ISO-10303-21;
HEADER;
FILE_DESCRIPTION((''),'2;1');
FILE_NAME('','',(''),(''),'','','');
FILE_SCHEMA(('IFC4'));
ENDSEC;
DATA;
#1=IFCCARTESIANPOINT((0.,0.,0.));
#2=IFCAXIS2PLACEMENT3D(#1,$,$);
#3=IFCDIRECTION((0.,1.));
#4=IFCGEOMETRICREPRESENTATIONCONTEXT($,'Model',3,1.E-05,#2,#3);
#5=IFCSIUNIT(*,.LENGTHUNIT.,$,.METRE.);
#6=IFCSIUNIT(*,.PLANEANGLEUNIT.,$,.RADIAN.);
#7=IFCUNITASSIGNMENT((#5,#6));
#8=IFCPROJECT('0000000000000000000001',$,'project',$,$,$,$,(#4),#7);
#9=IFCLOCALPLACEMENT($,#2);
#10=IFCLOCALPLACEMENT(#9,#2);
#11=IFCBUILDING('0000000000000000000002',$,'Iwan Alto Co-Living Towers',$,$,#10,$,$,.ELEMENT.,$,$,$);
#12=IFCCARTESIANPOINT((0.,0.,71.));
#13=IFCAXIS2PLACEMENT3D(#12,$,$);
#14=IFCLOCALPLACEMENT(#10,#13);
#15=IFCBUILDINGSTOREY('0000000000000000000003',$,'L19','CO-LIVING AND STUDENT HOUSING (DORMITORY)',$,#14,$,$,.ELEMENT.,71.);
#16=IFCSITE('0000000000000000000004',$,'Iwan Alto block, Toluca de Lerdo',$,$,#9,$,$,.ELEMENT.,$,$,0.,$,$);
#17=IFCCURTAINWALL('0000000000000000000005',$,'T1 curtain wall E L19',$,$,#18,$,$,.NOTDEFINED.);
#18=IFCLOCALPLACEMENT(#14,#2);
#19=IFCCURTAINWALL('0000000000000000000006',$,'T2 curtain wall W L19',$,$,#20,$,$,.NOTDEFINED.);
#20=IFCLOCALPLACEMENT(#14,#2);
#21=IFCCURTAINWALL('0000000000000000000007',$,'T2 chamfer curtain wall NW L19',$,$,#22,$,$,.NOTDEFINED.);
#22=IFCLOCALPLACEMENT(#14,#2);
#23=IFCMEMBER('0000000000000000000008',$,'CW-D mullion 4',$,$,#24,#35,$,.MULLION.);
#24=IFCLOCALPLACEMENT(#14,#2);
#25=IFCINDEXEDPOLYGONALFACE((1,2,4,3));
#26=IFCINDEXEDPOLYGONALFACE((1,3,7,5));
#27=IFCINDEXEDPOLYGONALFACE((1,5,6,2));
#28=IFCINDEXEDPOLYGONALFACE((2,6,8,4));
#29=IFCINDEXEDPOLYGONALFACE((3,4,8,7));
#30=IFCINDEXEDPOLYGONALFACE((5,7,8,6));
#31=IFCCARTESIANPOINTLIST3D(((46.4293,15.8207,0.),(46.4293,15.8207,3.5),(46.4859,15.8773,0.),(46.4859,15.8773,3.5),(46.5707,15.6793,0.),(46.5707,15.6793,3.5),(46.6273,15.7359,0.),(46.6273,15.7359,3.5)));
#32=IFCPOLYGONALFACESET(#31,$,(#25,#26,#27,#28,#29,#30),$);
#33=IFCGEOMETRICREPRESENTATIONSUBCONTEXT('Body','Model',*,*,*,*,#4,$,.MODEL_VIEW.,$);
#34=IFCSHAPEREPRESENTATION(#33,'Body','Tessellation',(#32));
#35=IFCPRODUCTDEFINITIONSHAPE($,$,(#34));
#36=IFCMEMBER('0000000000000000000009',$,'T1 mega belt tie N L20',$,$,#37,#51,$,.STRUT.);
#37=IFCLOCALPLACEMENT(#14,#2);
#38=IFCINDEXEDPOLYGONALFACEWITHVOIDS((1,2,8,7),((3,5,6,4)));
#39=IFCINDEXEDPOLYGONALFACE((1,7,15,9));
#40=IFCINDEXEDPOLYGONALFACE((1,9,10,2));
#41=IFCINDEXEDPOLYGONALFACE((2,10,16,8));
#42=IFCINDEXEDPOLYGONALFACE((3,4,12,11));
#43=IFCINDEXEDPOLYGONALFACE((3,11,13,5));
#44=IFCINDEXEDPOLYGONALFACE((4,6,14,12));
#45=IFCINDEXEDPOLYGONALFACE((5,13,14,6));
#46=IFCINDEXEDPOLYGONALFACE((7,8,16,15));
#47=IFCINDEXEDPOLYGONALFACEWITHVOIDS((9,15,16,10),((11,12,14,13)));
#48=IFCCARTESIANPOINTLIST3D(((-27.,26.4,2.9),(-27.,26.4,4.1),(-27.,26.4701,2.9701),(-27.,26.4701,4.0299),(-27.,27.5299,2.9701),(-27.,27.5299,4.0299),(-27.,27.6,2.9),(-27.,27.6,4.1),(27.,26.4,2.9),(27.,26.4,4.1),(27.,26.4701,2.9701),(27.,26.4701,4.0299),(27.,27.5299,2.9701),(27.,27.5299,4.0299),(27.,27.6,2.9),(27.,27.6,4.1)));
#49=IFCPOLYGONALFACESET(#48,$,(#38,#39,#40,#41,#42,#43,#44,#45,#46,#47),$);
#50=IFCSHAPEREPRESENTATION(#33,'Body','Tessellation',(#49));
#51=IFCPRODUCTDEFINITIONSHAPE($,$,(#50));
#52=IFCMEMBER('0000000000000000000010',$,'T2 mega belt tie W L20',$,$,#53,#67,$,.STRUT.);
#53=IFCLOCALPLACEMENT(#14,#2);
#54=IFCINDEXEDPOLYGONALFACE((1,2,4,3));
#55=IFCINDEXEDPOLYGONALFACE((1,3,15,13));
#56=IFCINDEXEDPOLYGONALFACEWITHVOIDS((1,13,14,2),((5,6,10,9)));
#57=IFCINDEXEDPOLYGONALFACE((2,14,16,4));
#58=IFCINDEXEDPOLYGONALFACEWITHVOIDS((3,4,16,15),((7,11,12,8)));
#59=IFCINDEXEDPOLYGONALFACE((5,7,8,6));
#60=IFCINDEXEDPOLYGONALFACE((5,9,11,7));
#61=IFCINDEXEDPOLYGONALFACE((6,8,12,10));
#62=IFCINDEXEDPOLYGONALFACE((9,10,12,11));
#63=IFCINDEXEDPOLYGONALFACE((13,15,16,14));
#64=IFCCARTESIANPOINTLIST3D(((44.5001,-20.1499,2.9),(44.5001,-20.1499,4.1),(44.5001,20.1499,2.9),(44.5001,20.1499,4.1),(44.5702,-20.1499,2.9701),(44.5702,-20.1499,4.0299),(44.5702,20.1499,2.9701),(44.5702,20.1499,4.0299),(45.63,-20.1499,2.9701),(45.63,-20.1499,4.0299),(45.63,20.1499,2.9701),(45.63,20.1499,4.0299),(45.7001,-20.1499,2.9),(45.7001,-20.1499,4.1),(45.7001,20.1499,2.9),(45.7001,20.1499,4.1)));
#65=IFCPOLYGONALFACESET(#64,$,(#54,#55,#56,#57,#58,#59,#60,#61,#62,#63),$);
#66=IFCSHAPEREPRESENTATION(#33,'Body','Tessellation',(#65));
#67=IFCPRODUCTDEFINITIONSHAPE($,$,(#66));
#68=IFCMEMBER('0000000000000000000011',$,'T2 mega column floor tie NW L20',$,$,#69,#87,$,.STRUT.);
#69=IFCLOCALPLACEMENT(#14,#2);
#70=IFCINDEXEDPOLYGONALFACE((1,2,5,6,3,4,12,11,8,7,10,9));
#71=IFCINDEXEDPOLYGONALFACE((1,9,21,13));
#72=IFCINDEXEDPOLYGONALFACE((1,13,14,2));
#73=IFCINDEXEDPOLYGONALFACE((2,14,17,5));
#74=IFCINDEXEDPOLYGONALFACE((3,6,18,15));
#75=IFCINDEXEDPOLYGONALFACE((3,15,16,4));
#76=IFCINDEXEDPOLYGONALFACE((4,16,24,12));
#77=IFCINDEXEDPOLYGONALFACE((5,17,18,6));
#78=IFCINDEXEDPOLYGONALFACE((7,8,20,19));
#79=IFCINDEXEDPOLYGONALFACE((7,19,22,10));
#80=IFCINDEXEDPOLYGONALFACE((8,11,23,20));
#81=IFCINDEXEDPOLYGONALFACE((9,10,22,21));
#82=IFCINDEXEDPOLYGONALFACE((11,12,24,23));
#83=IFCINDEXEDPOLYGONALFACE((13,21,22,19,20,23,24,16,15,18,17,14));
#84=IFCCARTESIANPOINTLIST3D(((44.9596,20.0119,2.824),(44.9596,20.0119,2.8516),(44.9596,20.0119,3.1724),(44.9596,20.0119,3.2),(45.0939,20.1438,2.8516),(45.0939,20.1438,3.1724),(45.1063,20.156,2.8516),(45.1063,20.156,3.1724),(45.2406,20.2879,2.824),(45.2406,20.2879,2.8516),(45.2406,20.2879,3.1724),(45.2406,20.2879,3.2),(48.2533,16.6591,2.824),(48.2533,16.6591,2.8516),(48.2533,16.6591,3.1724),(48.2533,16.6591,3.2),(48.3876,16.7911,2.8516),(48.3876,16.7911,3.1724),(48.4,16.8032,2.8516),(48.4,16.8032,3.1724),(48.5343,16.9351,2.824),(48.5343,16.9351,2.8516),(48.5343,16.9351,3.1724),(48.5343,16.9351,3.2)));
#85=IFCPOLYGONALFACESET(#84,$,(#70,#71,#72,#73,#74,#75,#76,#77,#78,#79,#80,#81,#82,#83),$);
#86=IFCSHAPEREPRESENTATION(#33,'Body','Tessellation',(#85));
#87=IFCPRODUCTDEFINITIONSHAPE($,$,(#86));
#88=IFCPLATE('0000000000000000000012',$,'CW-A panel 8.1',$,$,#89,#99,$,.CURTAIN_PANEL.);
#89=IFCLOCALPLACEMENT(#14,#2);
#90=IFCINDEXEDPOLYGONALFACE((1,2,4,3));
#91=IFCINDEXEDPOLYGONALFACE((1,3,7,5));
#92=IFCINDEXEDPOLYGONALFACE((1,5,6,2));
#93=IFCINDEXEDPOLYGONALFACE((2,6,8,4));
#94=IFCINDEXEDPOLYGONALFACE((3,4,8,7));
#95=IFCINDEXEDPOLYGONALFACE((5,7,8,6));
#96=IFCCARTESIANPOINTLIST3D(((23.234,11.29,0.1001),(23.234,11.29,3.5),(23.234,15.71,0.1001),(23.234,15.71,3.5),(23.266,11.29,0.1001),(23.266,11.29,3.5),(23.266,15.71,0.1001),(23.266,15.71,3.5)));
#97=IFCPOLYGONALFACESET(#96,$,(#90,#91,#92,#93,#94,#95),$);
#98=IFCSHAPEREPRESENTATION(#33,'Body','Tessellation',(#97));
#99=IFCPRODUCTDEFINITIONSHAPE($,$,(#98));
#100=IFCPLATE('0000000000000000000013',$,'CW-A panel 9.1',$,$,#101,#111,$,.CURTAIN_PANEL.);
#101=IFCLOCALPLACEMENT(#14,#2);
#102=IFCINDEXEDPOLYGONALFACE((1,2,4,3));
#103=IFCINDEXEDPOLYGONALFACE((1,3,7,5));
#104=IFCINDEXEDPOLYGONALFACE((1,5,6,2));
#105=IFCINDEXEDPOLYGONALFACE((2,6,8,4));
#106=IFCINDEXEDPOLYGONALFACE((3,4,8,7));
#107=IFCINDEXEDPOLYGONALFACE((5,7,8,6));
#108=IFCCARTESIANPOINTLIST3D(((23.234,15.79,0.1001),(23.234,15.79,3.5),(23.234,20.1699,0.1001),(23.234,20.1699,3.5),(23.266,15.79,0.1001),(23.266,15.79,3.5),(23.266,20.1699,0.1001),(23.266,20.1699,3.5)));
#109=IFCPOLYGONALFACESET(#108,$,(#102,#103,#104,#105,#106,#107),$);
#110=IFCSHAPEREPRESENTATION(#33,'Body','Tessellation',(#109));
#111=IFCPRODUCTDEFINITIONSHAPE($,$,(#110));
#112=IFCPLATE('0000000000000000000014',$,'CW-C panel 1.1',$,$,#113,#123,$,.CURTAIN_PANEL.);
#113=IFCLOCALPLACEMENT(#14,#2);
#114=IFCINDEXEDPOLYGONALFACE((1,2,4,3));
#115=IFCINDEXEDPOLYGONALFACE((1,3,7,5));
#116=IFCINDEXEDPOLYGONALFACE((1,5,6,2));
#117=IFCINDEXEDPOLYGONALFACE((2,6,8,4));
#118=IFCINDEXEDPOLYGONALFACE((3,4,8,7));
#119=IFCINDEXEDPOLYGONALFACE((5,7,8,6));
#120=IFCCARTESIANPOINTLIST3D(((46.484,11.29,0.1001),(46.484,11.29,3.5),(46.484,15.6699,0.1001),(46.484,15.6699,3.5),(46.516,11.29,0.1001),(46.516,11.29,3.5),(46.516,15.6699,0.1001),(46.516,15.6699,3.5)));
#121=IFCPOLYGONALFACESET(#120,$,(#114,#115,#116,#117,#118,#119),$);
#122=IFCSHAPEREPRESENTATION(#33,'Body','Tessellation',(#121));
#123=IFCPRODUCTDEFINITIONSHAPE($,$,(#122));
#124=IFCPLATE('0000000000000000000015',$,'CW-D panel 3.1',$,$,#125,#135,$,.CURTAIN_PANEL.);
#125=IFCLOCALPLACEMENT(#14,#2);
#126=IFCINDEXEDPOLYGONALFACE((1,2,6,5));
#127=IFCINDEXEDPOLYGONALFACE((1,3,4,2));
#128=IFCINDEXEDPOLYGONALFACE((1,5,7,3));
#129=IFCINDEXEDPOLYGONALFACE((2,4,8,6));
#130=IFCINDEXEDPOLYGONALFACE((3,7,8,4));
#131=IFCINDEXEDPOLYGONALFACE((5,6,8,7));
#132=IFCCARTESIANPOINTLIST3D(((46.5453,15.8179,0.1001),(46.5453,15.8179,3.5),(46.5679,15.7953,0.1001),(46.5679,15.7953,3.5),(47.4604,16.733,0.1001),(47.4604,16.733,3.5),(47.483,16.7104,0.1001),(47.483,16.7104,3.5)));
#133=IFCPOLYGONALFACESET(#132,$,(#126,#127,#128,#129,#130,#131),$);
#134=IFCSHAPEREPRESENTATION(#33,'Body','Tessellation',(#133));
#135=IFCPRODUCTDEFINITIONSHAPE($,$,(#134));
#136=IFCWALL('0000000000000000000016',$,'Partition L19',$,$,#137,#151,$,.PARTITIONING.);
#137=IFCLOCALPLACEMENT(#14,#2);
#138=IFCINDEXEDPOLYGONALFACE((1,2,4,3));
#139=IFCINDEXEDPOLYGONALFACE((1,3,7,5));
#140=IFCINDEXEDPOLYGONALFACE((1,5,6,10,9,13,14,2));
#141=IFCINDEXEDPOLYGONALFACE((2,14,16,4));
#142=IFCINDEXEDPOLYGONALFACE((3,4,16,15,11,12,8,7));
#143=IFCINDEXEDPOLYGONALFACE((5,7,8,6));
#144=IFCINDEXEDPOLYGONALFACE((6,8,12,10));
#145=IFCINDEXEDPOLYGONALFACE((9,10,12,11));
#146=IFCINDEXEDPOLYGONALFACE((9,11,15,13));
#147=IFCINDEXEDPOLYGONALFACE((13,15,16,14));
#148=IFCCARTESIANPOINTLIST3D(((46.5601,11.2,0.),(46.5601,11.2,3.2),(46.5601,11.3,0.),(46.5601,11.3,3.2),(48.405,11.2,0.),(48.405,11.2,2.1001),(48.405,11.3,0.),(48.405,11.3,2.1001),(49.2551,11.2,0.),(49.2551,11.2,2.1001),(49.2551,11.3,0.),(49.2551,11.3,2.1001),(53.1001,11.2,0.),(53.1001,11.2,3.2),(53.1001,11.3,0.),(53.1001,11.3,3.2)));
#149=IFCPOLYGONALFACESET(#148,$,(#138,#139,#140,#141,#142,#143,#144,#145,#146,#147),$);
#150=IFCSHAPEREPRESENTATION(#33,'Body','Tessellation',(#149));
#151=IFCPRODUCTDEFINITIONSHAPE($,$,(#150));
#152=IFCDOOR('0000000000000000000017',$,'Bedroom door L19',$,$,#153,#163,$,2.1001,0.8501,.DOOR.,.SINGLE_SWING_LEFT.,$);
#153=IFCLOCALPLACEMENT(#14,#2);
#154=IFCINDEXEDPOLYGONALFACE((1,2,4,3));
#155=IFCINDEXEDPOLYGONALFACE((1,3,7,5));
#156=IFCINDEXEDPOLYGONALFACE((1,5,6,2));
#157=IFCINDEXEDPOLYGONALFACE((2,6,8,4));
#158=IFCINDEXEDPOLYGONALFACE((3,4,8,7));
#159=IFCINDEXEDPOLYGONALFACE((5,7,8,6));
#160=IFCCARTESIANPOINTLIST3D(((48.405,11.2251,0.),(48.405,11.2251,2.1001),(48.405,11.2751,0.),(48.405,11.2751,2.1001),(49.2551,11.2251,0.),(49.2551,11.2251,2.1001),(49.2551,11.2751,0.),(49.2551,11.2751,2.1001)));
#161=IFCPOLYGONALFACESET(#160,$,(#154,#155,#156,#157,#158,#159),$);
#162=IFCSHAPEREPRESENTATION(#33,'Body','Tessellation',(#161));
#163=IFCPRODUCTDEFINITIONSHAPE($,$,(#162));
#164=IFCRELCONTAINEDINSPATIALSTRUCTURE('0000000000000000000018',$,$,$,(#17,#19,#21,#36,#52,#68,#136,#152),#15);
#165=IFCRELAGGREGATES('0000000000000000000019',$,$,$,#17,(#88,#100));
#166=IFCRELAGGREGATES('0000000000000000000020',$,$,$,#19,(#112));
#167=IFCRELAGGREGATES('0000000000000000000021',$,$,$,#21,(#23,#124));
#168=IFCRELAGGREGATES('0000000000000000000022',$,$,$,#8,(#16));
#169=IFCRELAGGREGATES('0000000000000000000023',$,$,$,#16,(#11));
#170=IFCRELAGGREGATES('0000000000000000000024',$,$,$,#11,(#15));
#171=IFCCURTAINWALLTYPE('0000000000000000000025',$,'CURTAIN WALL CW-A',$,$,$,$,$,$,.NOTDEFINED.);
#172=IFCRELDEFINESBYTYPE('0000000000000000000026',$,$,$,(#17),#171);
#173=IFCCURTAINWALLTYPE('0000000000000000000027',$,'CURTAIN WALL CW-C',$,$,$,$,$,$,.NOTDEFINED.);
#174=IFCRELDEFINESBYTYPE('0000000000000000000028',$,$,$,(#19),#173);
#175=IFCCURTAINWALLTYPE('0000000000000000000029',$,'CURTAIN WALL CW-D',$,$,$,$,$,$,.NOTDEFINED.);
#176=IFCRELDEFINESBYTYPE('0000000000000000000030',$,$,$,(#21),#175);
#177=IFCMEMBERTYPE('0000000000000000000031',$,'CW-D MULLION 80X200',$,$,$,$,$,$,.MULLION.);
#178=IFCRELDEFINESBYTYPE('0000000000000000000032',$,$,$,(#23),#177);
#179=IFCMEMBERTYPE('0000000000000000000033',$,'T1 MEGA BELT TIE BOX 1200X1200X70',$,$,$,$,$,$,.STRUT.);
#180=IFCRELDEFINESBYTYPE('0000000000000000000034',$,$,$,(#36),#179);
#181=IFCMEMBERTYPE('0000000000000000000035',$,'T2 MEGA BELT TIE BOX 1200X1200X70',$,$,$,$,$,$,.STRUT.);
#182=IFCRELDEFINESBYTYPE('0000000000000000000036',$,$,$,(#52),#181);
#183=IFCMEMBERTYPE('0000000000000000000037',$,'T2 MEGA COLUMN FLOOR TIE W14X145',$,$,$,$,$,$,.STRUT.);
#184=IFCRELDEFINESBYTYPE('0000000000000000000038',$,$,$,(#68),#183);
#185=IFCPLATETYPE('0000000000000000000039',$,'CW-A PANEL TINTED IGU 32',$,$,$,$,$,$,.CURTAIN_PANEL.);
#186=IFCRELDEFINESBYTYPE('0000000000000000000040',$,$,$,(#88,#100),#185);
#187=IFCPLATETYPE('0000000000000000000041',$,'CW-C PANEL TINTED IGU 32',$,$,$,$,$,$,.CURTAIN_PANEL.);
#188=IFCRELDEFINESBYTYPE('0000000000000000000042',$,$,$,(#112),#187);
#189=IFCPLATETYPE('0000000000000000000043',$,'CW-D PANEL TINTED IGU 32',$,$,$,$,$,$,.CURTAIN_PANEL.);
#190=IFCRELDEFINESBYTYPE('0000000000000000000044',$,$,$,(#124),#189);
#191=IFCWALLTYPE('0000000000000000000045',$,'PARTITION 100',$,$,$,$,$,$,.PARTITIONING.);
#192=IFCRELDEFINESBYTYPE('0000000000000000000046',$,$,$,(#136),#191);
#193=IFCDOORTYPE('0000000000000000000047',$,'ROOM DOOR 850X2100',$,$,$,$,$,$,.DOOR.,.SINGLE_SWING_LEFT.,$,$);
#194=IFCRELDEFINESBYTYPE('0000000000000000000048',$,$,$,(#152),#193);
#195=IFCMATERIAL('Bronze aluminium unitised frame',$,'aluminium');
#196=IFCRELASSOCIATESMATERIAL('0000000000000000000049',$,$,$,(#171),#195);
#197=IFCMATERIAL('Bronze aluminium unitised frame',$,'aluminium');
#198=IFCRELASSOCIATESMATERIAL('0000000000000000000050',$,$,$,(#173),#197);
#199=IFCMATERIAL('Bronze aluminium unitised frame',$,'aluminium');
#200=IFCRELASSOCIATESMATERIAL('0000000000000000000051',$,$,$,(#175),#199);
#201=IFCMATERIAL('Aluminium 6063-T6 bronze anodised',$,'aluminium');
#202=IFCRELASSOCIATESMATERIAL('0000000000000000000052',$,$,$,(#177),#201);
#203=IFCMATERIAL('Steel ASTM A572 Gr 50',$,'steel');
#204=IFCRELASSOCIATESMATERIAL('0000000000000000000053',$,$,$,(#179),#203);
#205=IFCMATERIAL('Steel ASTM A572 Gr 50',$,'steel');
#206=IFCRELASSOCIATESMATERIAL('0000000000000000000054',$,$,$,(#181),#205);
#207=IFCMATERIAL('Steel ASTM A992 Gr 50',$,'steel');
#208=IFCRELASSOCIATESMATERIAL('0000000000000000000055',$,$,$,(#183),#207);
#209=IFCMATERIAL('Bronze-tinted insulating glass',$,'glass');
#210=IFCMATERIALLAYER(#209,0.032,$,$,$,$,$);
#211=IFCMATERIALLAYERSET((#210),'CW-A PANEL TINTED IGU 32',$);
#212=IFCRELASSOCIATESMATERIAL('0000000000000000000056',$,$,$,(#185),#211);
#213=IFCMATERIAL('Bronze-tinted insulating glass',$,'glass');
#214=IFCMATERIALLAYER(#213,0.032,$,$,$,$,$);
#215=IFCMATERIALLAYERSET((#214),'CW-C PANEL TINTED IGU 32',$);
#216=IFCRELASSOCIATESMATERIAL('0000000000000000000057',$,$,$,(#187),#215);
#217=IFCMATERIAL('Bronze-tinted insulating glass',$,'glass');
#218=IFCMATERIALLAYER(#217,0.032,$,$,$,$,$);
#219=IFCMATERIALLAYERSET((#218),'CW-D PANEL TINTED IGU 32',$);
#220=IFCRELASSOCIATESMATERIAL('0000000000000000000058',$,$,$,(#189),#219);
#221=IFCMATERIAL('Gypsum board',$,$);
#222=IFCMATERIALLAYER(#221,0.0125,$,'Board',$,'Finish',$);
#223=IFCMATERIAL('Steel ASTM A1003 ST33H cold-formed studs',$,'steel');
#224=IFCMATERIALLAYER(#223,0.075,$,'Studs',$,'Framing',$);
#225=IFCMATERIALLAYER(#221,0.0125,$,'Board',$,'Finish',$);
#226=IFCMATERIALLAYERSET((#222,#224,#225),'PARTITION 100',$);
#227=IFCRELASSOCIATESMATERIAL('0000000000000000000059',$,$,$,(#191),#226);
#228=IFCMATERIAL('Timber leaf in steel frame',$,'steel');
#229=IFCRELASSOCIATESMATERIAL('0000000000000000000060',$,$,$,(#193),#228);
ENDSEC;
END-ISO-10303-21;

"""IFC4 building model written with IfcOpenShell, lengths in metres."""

from ifc_helpers import new_model, si_unit, direction, frame, frame_2d, origin, origin_2d, place, context, subcontext, project, spatial, rectangle, hollow_rectangle, i_section, extrude, material, layer, layer_set, material_profile, profile_set, type_object, element, fill, aggregate, save


model = new_model("IFC4")

# Units and contexts
model_context = context("Model", 3, precision=1e-05, world=origin(), true_north=direction((0.0, 1.0)))
body_context = subcontext(model_context, "Body", "Model", "MODEL_VIEW")
ifc_project = project(units=[si_unit("LENGTHUNIT", "METRE"), si_unit("PLANEANGLEUNIT", "RADIAN")], contexts=[model_context])

# Site, building, storey
site_placement = place(None, origin())
site = spatial("IfcSite", under=ifc_project, at=site_placement, Name="Iwan Alto block, Toluca de Lerdo", CompositionType="ELEMENT", RefElevation=0.0)
building_placement = place(site_placement, origin())
building = spatial("IfcBuilding", under=site, at=building_placement, Name="Iwan Alto Co-Living Towers", CompositionType="ELEMENT")
storey_placement = place(building_placement, frame((0.0, 0.0, 71.0)))
storey = spatial("IfcBuildingStorey", under=building, at=storey_placement, Name="L19", Description="CO-LIVING AND STUDENT HOUSING (DORMITORY)", CompositionType="ELEMENT", Elevation=71.0)

# Curtain wall
ifc_material_1 = material(Name="Bronze aluminium unitised frame", Category="aluminium")
curtain_wall_type_1 = type_object("IfcCurtainWallType", Name="CURTAIN WALL CW-A", PredefinedType="NOTDEFINED", material=ifc_material_1)
curtain_wall_1_placement = place(storey_placement, origin())
curtain_wall_1 = element("IfcCurtainWall", 1, at=curtain_wall_1_placement, inside=storey, type_object=curtain_wall_type_1, Name="T1 curtain wall E L19", PredefinedType="NOTDEFINED")

# Curtain wall
ifc_material_2 = material(Name="Bronze aluminium unitised frame", Category="aluminium")
curtain_wall_type_2 = type_object("IfcCurtainWallType", Name="CURTAIN WALL CW-C", PredefinedType="NOTDEFINED", material=ifc_material_2)
curtain_wall_2_placement = place(storey_placement, origin())
curtain_wall_2 = element("IfcCurtainWall", 2, at=curtain_wall_2_placement, inside=storey, type_object=curtain_wall_type_2, Name="T2 curtain wall W L19", PredefinedType="NOTDEFINED")

# Curtain wall, member
ifc_material_3 = material(Name="Bronze aluminium unitised frame", Category="aluminium")
curtain_wall_type_3 = type_object("IfcCurtainWallType", Name="CURTAIN WALL CW-D", PredefinedType="NOTDEFINED", material=ifc_material_3)
curtain_wall_3_placement = place(storey_placement, origin())
curtain_wall_3 = element("IfcCurtainWall", 3, at=curtain_wall_3_placement, inside=storey, type_object=curtain_wall_type_3, Name="T2 chamfer curtain wall NW L19", PredefinedType="NOTDEFINED")
ifc_material_4 = material(Name="Aluminium 6063-T6 bronze anodised", Category="aluminium")
ifc_material_profile_1 = material_profile(ifc_material_4, rectangle(XDim=0.2, YDim=0.0801, at=origin_2d()), Name="AL 80X200")
ifc_profile_set_1 = profile_set([ifc_material_profile_1], Name="Aluminium 6063-T6 bronze anodised")
member_type_1 = type_object("IfcMemberType", Name="CW-D MULLION 80X200", PredefinedType="MULLION", material=ifc_profile_set_1)
member_1_placement = place(storey_placement, frame((46.5283, 15.7783, 0.0), z_axis=(0.0, 0.0, 1.0), x_axis=(0.707107, -0.707107, 0.0)))
member_1 = element("IfcMember", 4, at=member_1_placement, type_object=member_type_1, Name="CW-D mullion 4", PredefinedType="MULLION", context=body_context, shape_type="SweptSolid", body=[
    extrude(rectangle(XDim=0.2, YDim=0.0801, at=origin_2d()), origin(), (0.0, 0.0, 1.0), 3.5),
])

# Members
ifc_material_5 = material(Name="Steel ASTM A572 Gr 50", Category="steel")
ifc_material_profile_2 = material_profile(ifc_material_5, hollow_rectangle(XDim=1.2, YDim=1.2, WallThickness=0.0701, at=origin_2d()), Name="BOX 1200X1200X70")
ifc_profile_set_2 = profile_set([ifc_material_profile_2], Name="Steel ASTM A572 Gr 50")
member_type_2 = type_object("IfcMemberType", Name="T1 MEGA BELT TIE BOX 1200X1200X70", PredefinedType="STRUT", material=ifc_profile_set_2)
member_2_placement = place(storey_placement, frame((27.0, 27.0, 3.5), z_axis=(-1.0, 0.0, 0.0), x_axis=(0.0, -1.0, 0.0)))
element("IfcMember", 5, at=member_2_placement, inside=storey, type_object=member_type_2, Name="T1 mega belt tie N L20", PredefinedType="STRUT", context=body_context, shape_type="SweptSolid", body=[
    extrude(hollow_rectangle(XDim=1.2, YDim=1.2, WallThickness=0.0701, at=origin_2d()), origin(), (0.0, 0.0, 1.0), 54.0),
])
ifc_material_6 = material(Name="Steel ASTM A572 Gr 50", Category="steel")
ifc_material_profile_3 = material_profile(ifc_material_6, hollow_rectangle(XDim=1.2, YDim=1.2, WallThickness=0.0701, at=origin_2d()), Name="BOX 1200X1200X70")
ifc_profile_set_3 = profile_set([ifc_material_profile_3], Name="Steel ASTM A572 Gr 50")
member_type_3 = type_object("IfcMemberType", Name="T2 MEGA BELT TIE BOX 1200X1200X70", PredefinedType="STRUT", material=ifc_profile_set_3)
member_3_placement = place(storey_placement, frame((45.1001, 20.1499, 3.5), z_axis=(0.0, -1.0, 0.0), x_axis=(1.0, 0.0, 0.0)))
element("IfcMember", 6, at=member_3_placement, inside=storey, type_object=member_type_3, Name="T2 mega belt tie W L20", PredefinedType="STRUT", context=body_context, shape_type="SweptSolid", body=[
    extrude(hollow_rectangle(XDim=1.2, YDim=1.2, WallThickness=0.0701, at=origin_2d()), origin(), (0.0, 0.0, 1.0), 40.2998),
])
ifc_material_7 = material(Name="Steel ASTM A992 Gr 50", Category="steel")
ifc_material_profile_4 = material_profile(ifc_material_7, i_section(OverallWidth=0.3938, OverallDepth=0.376, WebThickness=0.0173, FlangeThickness=0.0276, at=origin_2d()), Name="W14X145")
ifc_profile_set_4 = profile_set([ifc_material_profile_4], Name="Steel ASTM A992 Gr 50")
member_type_4 = type_object("IfcMemberType", Name="T2 MEGA COLUMN FLOOR TIE W14X145", PredefinedType="STRUT", material=ifc_profile_set_4)
member_4_placement = place(storey_placement, frame((45.1001, 20.1499, 3.012), z_axis=(0.700793, -0.713364, 0.0), x_axis=(0.713364, 0.700793, 0.0)))
element("IfcMember", 7, at=member_4_placement, inside=storey, type_object=member_type_4, Name="T2 mega column floor tie NW L20", PredefinedType="STRUT", context=body_context, shape_type="SweptSolid", body=[
    extrude(i_section(OverallWidth=0.3938, OverallDepth=0.376, WebThickness=0.0173, FlangeThickness=0.0276, at=origin_2d()), origin(), (0.0, 0.0, 1.0), 4.7),
])

# Plates
ifc_material_8 = material(Name="Bronze-tinted insulating glass", Category="glass")
ifc_layer_1 = layer(ifc_material_8, 0.032)
ifc_layer_set_1 = layer_set([ifc_layer_1], Name="CW-A PANEL TINTED IGU 32")
plate_type_1 = type_object("IfcPlateType", Name="CW-A PANEL TINTED IGU 32", PredefinedType="CURTAIN_PANEL", material=ifc_layer_set_1)
plate_1_placement = place(storey_placement, frame((23.25, 13.5, 0.1001), z_axis=(0.0, 0.0, 1.0), x_axis=(0.0, 1.0, 0.0)))
plate_1 = element("IfcPlate", 8, at=plate_1_placement, type_object=plate_type_1, Name="CW-A panel 8.1", PredefinedType="CURTAIN_PANEL", context=body_context, shape_type="SweptSolid", body=[
    extrude(rectangle(XDim=4.4199, YDim=0.032, at=origin_2d()), origin(), (0.0, 0.0, 1.0), 3.3999),
])
plate_2_placement = place(storey_placement, frame((23.25, 17.98, 0.1001), z_axis=(0.0, 0.0, 1.0), x_axis=(0.0, 1.0, 0.0)))
plate_2 = element("IfcPlate", 9, at=plate_2_placement, type_object=plate_type_1, Name="CW-A panel 9.1", PredefinedType="CURTAIN_PANEL", context=body_context, shape_type="SweptSolid", body=[
    extrude(rectangle(XDim=4.3799, YDim=0.032, at=origin_2d()), origin(), (0.0, 0.0, 1.0), 3.3999),
])
aggregate(curtain_wall_1, [plate_1, plate_2])
ifc_material_9 = material(Name="Bronze-tinted insulating glass", Category="glass")
ifc_layer_2 = layer(ifc_material_9, 0.032)
ifc_layer_set_2 = layer_set([ifc_layer_2], Name="CW-C PANEL TINTED IGU 32")
plate_type_2 = type_object("IfcPlateType", Name="CW-C PANEL TINTED IGU 32", PredefinedType="CURTAIN_PANEL", material=ifc_layer_set_2)
plate_3_placement = place(storey_placement, frame((46.5, 13.48, 0.1001), z_axis=(0.0, 0.0, 1.0), x_axis=(0.0, -1.0, 0.0)))
plate_3 = element("IfcPlate", 10, at=plate_3_placement, type_object=plate_type_2, Name="CW-C panel 1.1", PredefinedType="CURTAIN_PANEL", context=body_context, shape_type="SweptSolid", body=[
    extrude(rectangle(XDim=4.3799, YDim=0.032, at=origin_2d()), origin(), (0.0, 0.0, 1.0), 3.3999),
])
aggregate(curtain_wall_2, [plate_3])
ifc_material_10 = material(Name="Bronze-tinted insulating glass", Category="glass")
ifc_layer_3 = layer(ifc_material_10, 0.032)
ifc_layer_set_3 = layer_set([ifc_layer_3], Name="CW-D PANEL TINTED IGU 32")
plate_type_3 = type_object("IfcPlateType", Name="CW-D PANEL TINTED IGU 32", PredefinedType="CURTAIN_PANEL", material=ifc_layer_set_3)
plate_4_placement = place(storey_placement, frame((47.0142, 16.2642, 0.1001), z_axis=(0.0, 0.0, 1.0), x_axis=(-0.707107, -0.707107, 0.0)))
plate_4 = element("IfcPlate", 11, at=plate_4_placement, type_object=plate_type_3, Name="CW-D panel 3.1", PredefinedType="CURTAIN_PANEL", context=body_context, shape_type="SweptSolid", body=[
    extrude(rectangle(XDim=1.2942, YDim=0.032, at=origin_2d()), origin(), (0.0, 0.0, 1.0), 3.3999),
])
aggregate(curtain_wall_3, [member_1, plate_4])

# Wall, opening, door
ifc_material_11 = material(Name="Gypsum board")
ifc_layer_4 = layer(ifc_material_11, 0.0125, Name="Board", Category="Finish")
ifc_material_12 = material(Name="Steel ASTM A1003 ST33H cold-formed studs", Category="steel")
ifc_layer_5 = layer(ifc_material_12, 0.075, Name="Studs", Category="Framing")
ifc_layer_6 = layer(ifc_material_11, 0.0125, Name="Board", Category="Finish")
ifc_layer_set_4 = layer_set([ifc_layer_4, ifc_layer_5, ifc_layer_6], Name="PARTITION 100")
wall_type = type_object("IfcWallType", Name="PARTITION 100", PredefinedType="PARTITIONING", material=ifc_layer_set_4)
wall_placement = place(storey_placement, frame((46.5601, 11.25, 0.0), z_axis=(0.0, 0.0, 1.0), x_axis=(1.0, 0.0, 0.0)))
wall = element("IfcWall", 12, at=wall_placement, inside=storey, type_object=wall_type, Name="Partition L19", PredefinedType="PARTITIONING", context=body_context, shape_type="SweptSolid", body=[
    extrude(rectangle(XDim=6.54, YDim=0.1001, at=frame_2d((3.27, 0.0))), origin(), (0.0, 0.0, 1.0), 3.2),
])
opening_placement = place(wall_placement, frame((1.845, 0.0, 0.0)))
opening = element("IfcOpeningElement", 13, at=opening_placement, cuts=wall, PredefinedType="OPENING", context=body_context, shape_type="SweptSolid", body=[
    extrude(rectangle(XDim=0.8501, YDim=2.1001, at=frame_2d((0.425, 1.05))), frame((0.0, 0.0601, 0.0), z_axis=(0.0, -1.0, 0.0), x_axis=(1.0, 0.0, 0.0)), (0.0, 0.0, 1.0), 0.1201),
])
ifc_material_13 = material(Name="Timber leaf in steel frame", Category="steel")
door_type = type_object("IfcDoorType", Name="ROOM DOOR 850X2100", OperationType="SINGLE_SWING_LEFT", PredefinedType="DOOR", material=ifc_material_13)
door_placement = place(opening_placement, frame((0.8501, 0.0, 0.0), z_axis=(0.0, 0.0, 1.0), x_axis=(-1.0, 0.0, 0.0)))
door = element("IfcDoor", 14, at=door_placement, inside=storey, type_object=door_type, Name="Bedroom door L19", OperationType="SINGLE_SWING_LEFT", OverallHeight=2.1001, OverallWidth=0.8501, PredefinedType="DOOR", context=body_context, shape_type="SweptSolid", body=[
    extrude(rectangle(XDim=0.8501, YDim=2.1001, at=frame_2d((0.425, 1.05))), frame((0.0, 0.0249, 0.0), z_axis=(0.0, -1.0, 0.0), x_axis=(1.0, 0.0, 0.0)), (0.0, 0.0, 1.0), 0.05),
])
fill(opening, door)

save(model, "model.ifc")
